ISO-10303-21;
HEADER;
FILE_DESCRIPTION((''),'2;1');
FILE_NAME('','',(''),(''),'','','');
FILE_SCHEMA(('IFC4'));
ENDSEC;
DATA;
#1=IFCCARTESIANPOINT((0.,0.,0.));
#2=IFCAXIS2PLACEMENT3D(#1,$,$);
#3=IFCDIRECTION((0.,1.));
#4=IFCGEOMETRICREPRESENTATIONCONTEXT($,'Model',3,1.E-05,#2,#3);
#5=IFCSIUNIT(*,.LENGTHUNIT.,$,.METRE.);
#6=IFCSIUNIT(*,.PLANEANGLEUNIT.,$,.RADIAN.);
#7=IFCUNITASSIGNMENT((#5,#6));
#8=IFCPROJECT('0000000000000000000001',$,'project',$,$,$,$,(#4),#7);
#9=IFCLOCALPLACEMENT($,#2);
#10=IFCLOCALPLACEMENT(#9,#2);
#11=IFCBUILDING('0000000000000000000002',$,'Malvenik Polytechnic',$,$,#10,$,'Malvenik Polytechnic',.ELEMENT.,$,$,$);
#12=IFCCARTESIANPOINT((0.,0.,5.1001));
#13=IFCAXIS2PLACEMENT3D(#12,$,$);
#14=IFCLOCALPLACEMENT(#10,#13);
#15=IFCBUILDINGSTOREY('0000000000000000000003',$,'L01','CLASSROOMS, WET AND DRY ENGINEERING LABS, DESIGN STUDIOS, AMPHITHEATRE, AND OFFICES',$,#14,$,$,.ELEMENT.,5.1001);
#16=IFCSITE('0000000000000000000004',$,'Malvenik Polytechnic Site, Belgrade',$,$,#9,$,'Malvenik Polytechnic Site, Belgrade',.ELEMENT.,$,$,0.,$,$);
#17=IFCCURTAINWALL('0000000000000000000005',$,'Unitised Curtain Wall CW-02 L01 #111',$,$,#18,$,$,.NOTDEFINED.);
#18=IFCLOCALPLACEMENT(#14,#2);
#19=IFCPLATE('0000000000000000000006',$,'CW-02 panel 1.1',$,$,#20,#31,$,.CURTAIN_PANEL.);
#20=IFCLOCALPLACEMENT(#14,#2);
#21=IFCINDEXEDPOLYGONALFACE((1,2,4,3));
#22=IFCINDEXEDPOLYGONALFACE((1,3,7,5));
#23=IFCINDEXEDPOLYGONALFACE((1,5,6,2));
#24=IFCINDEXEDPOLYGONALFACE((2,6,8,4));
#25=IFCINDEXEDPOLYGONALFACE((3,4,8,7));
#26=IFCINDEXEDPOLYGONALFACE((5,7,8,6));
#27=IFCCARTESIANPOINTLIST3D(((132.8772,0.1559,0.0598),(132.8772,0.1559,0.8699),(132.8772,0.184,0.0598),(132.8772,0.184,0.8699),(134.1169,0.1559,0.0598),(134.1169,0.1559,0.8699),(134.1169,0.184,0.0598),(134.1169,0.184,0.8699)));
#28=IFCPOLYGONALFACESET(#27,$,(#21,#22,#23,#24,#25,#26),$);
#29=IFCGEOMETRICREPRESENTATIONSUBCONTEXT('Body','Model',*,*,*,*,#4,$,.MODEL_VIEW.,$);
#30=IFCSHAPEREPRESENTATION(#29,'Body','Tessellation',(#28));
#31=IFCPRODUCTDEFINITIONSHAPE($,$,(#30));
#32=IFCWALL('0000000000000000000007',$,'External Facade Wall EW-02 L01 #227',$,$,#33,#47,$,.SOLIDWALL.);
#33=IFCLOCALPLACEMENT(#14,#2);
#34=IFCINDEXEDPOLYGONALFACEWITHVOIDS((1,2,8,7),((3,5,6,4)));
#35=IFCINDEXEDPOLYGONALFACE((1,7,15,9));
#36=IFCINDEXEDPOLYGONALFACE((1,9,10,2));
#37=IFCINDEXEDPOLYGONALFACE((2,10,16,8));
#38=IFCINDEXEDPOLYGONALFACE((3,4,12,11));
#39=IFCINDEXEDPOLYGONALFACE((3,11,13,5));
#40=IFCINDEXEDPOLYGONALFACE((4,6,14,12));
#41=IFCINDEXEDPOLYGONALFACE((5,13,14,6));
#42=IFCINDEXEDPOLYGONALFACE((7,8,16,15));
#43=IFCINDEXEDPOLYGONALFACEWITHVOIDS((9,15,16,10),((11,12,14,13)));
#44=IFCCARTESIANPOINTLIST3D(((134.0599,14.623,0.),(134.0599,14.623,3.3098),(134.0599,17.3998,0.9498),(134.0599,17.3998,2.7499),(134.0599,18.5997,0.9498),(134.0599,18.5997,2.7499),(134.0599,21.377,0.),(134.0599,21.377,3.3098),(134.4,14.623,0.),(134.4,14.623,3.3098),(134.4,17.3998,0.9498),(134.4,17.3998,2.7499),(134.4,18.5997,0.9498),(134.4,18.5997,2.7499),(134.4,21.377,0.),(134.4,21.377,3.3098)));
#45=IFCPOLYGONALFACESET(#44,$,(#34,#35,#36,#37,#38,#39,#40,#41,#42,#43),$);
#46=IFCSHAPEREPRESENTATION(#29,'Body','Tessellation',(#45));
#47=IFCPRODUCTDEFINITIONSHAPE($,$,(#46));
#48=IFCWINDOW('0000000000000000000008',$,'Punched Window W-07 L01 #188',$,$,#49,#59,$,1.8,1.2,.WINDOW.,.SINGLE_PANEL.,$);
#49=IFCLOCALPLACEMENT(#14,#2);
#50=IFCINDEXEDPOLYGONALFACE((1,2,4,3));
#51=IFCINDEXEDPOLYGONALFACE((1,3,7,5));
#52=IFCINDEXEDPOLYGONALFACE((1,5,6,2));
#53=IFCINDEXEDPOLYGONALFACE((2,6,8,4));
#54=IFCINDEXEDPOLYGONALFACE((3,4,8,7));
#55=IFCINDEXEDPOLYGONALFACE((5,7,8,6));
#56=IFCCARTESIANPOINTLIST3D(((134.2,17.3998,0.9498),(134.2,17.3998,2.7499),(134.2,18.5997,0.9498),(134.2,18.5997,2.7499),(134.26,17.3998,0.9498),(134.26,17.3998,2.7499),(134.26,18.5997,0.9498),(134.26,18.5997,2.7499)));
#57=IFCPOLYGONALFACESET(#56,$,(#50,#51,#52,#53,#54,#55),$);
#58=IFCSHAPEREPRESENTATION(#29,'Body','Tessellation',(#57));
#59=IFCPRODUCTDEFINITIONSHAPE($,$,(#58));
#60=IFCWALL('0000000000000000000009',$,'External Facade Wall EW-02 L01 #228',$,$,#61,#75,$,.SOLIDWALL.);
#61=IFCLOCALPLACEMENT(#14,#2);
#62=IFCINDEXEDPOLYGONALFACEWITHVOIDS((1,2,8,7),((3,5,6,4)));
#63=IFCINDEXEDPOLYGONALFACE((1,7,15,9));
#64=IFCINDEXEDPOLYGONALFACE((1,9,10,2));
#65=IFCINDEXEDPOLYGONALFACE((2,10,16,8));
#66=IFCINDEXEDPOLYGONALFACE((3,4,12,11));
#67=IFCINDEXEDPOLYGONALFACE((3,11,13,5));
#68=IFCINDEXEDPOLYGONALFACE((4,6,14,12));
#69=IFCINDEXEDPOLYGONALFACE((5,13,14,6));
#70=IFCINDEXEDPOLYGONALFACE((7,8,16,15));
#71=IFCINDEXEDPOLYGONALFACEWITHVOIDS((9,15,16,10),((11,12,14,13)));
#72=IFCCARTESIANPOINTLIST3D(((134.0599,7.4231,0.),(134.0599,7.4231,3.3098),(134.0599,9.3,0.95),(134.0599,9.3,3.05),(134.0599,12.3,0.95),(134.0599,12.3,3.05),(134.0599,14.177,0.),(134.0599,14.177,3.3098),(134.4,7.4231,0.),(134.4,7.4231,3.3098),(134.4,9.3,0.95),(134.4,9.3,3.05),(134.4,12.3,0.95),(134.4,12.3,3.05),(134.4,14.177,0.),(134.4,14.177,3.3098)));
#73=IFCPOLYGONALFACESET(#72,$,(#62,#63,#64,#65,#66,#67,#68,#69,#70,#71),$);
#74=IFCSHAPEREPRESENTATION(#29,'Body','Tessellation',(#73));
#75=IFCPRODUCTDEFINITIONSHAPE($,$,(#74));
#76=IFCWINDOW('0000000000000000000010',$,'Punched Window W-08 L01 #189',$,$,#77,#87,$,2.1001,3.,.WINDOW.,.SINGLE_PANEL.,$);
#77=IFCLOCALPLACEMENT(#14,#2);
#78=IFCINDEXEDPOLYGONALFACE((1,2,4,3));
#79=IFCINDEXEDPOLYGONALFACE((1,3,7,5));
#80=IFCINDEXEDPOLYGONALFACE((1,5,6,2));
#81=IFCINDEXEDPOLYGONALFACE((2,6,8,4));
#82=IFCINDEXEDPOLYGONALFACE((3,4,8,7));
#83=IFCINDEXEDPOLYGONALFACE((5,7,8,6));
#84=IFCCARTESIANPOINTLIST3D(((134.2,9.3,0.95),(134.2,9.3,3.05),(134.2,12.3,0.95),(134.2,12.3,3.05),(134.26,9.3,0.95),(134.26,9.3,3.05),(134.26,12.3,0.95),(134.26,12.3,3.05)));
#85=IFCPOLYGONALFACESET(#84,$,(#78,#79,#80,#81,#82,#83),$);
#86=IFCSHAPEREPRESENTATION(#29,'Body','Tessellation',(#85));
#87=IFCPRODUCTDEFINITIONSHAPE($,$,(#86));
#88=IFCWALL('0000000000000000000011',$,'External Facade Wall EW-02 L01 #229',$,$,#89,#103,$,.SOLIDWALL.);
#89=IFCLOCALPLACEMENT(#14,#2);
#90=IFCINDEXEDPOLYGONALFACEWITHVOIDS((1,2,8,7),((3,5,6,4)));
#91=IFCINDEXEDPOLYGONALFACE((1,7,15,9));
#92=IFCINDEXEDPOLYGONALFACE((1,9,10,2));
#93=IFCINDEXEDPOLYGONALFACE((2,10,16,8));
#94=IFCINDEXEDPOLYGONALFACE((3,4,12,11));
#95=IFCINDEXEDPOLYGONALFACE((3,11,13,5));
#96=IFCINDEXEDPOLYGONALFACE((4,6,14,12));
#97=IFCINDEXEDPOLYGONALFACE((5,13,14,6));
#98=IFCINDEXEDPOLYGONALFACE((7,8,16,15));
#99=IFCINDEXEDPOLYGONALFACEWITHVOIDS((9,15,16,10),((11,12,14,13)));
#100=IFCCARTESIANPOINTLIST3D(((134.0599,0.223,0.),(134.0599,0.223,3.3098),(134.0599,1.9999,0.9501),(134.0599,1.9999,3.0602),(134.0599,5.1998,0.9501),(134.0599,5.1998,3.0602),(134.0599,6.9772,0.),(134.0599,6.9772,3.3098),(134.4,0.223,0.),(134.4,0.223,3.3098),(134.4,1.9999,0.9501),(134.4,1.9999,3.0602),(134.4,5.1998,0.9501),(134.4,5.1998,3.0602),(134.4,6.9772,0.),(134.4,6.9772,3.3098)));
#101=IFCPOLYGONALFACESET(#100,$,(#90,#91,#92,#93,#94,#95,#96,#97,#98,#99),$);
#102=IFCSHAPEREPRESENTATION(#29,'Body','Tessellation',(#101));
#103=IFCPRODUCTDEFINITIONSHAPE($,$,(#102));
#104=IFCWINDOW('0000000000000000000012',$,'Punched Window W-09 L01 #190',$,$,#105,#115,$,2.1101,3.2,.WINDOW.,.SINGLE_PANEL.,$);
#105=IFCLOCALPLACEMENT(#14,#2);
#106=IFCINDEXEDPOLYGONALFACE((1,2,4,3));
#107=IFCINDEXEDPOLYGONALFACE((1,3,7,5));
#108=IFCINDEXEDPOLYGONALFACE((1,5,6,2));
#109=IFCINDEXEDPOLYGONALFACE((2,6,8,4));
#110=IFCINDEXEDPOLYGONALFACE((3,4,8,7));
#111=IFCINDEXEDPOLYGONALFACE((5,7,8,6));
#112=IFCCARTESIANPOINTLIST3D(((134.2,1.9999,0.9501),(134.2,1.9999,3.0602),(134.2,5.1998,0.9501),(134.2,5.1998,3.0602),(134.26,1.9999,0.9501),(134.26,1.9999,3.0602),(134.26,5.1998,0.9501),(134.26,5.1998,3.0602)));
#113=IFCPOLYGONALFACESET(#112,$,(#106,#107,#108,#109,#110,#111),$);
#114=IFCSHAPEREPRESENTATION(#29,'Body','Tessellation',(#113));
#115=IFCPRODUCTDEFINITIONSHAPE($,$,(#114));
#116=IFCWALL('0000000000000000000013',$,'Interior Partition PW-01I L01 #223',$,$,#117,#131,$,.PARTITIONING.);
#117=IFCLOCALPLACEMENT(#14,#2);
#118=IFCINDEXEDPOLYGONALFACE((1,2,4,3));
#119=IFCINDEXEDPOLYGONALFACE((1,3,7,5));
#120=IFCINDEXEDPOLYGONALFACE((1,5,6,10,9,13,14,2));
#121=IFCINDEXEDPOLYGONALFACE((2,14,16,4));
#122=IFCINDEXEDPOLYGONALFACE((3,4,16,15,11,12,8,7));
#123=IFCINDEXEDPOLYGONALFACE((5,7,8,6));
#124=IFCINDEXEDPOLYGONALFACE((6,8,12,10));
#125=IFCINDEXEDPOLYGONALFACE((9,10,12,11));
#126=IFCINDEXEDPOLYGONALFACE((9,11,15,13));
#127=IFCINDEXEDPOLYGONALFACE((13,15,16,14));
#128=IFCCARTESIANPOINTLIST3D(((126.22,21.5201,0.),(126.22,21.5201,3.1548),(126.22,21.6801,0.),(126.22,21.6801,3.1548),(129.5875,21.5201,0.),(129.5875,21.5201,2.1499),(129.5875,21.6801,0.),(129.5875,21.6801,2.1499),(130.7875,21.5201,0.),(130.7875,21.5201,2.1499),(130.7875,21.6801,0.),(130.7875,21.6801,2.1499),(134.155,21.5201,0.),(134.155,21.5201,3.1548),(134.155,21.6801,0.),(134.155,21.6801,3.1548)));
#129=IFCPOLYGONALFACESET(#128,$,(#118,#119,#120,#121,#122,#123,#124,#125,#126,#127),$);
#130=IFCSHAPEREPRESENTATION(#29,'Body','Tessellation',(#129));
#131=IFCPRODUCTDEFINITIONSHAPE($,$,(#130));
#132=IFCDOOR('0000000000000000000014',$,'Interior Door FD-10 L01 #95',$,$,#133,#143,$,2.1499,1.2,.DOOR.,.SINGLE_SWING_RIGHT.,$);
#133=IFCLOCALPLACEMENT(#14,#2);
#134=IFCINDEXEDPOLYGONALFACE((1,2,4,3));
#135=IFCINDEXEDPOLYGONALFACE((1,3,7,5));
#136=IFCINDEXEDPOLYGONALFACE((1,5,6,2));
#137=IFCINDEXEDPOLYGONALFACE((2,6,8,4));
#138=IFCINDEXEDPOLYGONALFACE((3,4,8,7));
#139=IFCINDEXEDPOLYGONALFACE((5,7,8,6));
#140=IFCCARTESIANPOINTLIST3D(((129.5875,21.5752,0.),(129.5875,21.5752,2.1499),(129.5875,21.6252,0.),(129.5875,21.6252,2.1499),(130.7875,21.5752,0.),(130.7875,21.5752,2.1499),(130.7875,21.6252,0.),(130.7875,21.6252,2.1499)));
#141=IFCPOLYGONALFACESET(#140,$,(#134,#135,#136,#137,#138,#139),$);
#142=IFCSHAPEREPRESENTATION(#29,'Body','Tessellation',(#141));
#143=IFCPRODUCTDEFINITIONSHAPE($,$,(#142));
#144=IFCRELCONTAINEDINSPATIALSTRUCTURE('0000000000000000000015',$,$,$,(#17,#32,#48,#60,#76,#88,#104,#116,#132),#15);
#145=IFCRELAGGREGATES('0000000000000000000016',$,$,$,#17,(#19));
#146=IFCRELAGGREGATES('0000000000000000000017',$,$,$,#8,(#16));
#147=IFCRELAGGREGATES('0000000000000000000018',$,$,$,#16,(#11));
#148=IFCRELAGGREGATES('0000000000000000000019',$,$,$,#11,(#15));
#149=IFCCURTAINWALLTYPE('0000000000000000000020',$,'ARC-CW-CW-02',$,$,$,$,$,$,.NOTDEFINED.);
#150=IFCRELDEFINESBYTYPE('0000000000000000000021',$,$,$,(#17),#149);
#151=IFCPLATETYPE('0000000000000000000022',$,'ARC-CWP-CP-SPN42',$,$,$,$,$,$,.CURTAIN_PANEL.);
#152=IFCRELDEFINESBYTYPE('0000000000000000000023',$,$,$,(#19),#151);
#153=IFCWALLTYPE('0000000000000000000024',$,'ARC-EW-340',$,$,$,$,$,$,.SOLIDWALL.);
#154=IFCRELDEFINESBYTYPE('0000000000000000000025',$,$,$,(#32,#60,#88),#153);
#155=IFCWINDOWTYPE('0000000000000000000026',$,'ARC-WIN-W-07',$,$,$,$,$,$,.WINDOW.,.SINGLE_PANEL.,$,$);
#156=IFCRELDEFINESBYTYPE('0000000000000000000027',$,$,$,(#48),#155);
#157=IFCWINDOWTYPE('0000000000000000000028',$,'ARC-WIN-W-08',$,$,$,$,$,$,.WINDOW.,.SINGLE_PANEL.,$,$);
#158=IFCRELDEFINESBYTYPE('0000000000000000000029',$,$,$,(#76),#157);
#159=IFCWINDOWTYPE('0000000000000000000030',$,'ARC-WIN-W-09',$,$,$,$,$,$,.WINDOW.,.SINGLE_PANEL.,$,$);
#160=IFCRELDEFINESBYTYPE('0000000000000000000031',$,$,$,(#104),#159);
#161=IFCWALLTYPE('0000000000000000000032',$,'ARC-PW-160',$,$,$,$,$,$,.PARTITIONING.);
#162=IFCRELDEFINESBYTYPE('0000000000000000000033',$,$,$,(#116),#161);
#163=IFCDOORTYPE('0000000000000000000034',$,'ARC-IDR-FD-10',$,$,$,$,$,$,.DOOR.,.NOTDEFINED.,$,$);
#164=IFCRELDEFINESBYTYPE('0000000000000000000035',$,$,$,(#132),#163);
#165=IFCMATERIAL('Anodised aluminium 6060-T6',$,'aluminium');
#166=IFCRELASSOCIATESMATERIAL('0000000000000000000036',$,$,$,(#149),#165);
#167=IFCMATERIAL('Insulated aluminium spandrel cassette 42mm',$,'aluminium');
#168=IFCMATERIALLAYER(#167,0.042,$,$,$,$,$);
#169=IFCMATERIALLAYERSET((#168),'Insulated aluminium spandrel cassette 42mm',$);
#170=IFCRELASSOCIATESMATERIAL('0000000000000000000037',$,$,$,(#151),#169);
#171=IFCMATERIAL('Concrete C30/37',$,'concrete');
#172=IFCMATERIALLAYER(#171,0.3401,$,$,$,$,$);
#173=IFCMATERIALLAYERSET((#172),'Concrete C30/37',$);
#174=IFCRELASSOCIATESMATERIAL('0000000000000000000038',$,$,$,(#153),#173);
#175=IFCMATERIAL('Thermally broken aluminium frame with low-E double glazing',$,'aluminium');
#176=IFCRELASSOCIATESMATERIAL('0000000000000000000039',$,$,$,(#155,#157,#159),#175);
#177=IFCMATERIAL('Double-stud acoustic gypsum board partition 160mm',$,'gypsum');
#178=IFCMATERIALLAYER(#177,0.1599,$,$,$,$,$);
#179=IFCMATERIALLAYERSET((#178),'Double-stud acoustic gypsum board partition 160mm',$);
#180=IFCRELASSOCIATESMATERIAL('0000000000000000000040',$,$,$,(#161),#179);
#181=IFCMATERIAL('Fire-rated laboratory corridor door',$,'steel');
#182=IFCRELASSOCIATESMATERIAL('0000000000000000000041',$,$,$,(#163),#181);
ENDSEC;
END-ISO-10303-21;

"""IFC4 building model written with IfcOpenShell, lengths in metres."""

from ifc_helpers import new_model, si_unit, direction, frame, frame_2d, origin, origin_2d, place, context, subcontext, project, spatial, rectangle, extrude, material, layer, layer_set, type_object, element, fill, aggregate, save


model = new_model("IFC4")

# Units and contexts
model_context = context("Model", 3, precision=1e-05, world=origin(), true_north=direction((0.0, 1.0)))
body_context = subcontext(model_context, "Body", "Model", "MODEL_VIEW")
ifc_project = project(units=[si_unit("LENGTHUNIT", "METRE"), si_unit("PLANEANGLEUNIT", "RADIAN")], contexts=[model_context])

# Site, building, storey
site_placement = place(None, origin())
site = spatial("IfcSite", under=ifc_project, at=site_placement, Name="Malvenik Polytechnic Site, Belgrade", LongName="Malvenik Polytechnic Site, Belgrade", CompositionType="ELEMENT", RefElevation=0.0)
building_placement = place(site_placement, origin())
building = spatial("IfcBuilding", under=site, at=building_placement, Name="Malvenik Polytechnic", LongName="Malvenik Polytechnic", CompositionType="ELEMENT")
storey_placement = place(building_placement, frame((0.0, 0.0, 5.1001)))
storey = spatial("IfcBuildingStorey", under=building, at=storey_placement, Name="L01", Description="CLASSROOMS, WET AND DRY ENGINEERING LABS, DESIGN STUDIOS, AMPHITHEATRE, AND OFFICES", CompositionType="ELEMENT", Elevation=5.1001)

# Curtain wall
ifc_material_1 = material(Name="Anodised aluminium 6060-T6", Category="aluminium")
curtain_wall_type = type_object("IfcCurtainWallType", Name="ARC-CW-CW-02", PredefinedType="NOTDEFINED", material=ifc_material_1)
curtain_wall_placement = place(storey_placement, origin())
curtain_wall = element("IfcCurtainWall", 1, at=curtain_wall_placement, inside=storey, type_object=curtain_wall_type, Name="Unitised Curtain Wall CW-02 L01 #111", PredefinedType="NOTDEFINED")

# Shared definitions
ifc_material_2 = material(Name="Concrete C30/37", Category="concrete")

# Plate
ifc_material_3 = material(Name="Insulated aluminium spandrel cassette 42mm", Category="aluminium")
ifc_layer_1 = layer(ifc_material_3, 0.042)
ifc_layer_set_1 = layer_set([ifc_layer_1], Name="Insulated aluminium spandrel cassette 42mm")
plate_type_1 = type_object("IfcPlateType", Name="ARC-CWP-CP-SPN42", PredefinedType="CURTAIN_PANEL", material=ifc_layer_set_1)
plate_1_placement = place(storey_placement, frame((133.4971, 0.1699, 0.0598), z_axis=(0.0, 0.0, 1.0), x_axis=(-1.0, 0.0, 0.0)))
plate_1 = element("IfcPlate", 2, at=plate_1_placement, type_object=plate_type_1, Name="CW-02 panel 1.1", PredefinedType="CURTAIN_PANEL", context=body_context, shape_type="SweptSolid", body=[
    extrude(rectangle(XDim=1.2397, YDim=0.0281, at=origin_2d()), origin(), (0.0, 0.0, 1.0), 0.8101),
])
aggregate(curtain_wall, [plate_1])

# Walls, openings, windows
ifc_layer_2 = layer(ifc_material_2, 0.3401)
ifc_layer_set_2 = layer_set([ifc_layer_2], Name="Concrete C30/37")
wall_type_1 = type_object("IfcWallType", Name="ARC-EW-340", PredefinedType="SOLIDWALL", material=ifc_layer_set_2)
wall_1_placement = place(storey_placement, frame((134.23, 21.377, 0.0), z_axis=(0.0, 0.0, 1.0), x_axis=(0.0, -1.0, 0.0)))
wall_1 = element("IfcWall", 3, at=wall_1_placement, inside=storey, type_object=wall_type_1, Name="External Facade Wall EW-02 L01 #227", PredefinedType="SOLIDWALL", context=body_context, shape_type="SweptSolid", body=[
    extrude(rectangle(XDim=6.7539, YDim=0.3401, at=frame_2d((3.377, 0.0))), origin(), (0.0, 0.0, 1.0), 3.3098),
])
opening_1_placement = place(wall_1_placement, frame((2.7771, 0.0, 0.95)))
opening_1 = element("IfcOpeningElement", 4, at=opening_1_placement, cuts=wall_1, PredefinedType="OPENING", context=body_context, shape_type="SweptSolid", body=[
    extrude(rectangle(XDim=1.2, YDim=1.8, at=frame_2d((0.6001, 0.8999))), frame((0.0, 0.1802, 0.0), z_axis=(0.0, -1.0, 0.0), x_axis=(1.0, 0.0, 0.0)), (0.0, 0.0, 1.0), 0.3601),
])
ifc_material_4 = material(Name="Thermally broken aluminium frame with low-E double glazing", Category="aluminium")
window_type_1 = type_object("IfcWindowType", Name="ARC-WIN-W-07", PartitioningType="SINGLE_PANEL", PredefinedType="WINDOW", material=ifc_material_4)
window_1_placement = place(opening_1_placement, origin())
window_1 = element("IfcWindow", 5, at=window_1_placement, inside=storey, type_object=window_type_1, Name="Punched Window W-07 L01 #188", OverallHeight=1.8, OverallWidth=1.2, PartitioningType="SINGLE_PANEL", PredefinedType="WINDOW", context=body_context, shape_type="SweptSolid", body=[
    extrude(rectangle(XDim=1.2, YDim=1.8, at=frame_2d((0.6001, 0.8999))), frame((0.0, 0.03, 0.0), z_axis=(0.0, -1.0, 0.0), x_axis=(1.0, 0.0, 0.0)), (0.0, 0.0, 1.0), 0.0601),
])
fill(opening_1, window_1)
wall_2_placement = place(storey_placement, frame((134.23, 14.177, 0.0), z_axis=(0.0, 0.0, 1.0), x_axis=(0.0, -1.0, 0.0)))
wall_2 = element("IfcWall", 6, at=wall_2_placement, inside=storey, type_object=wall_type_1, Name="External Facade Wall EW-02 L01 #228", PredefinedType="SOLIDWALL", context=body_context, shape_type="SweptSolid", body=[
    extrude(rectangle(XDim=6.7539, YDim=0.3401, at=frame_2d((3.377, 0.0))), origin(), (0.0, 0.0, 1.0), 3.3098),
])
opening_2_placement = place(wall_2_placement, frame((1.877, 0.0, 0.95)))
opening_2 = element("IfcOpeningElement", 7, at=opening_2_placement, cuts=wall_2, PredefinedType="OPENING", context=body_context, shape_type="SweptSolid", body=[
    extrude(rectangle(XDim=3.0, YDim=2.1001, at=frame_2d((1.5, 1.05))), frame((0.0, 0.1802, 0.0), z_axis=(0.0, -1.0, 0.0), x_axis=(1.0, 0.0, 0.0)), (0.0, 0.0, 1.0), 0.3601),
])
window_type_2 = type_object("IfcWindowType", Name="ARC-WIN-W-08", PartitioningType="SINGLE_PANEL", PredefinedType="WINDOW", material=ifc_material_4)
window_2_placement = place(opening_2_placement, origin())
window_2 = element("IfcWindow", 8, at=window_2_placement, inside=storey, type_object=window_type_2, Name="Punched Window W-08 L01 #189", OverallHeight=2.1001, OverallWidth=3.0, PartitioningType="SINGLE_PANEL", PredefinedType="WINDOW", context=body_context, shape_type="SweptSolid", body=[
    extrude(rectangle(XDim=3.0, YDim=2.1001, at=frame_2d((1.5, 1.05))), frame((0.0, 0.03, 0.0), z_axis=(0.0, -1.0, 0.0), x_axis=(1.0, 0.0, 0.0)), (0.0, 0.0, 1.0), 0.0601),
])
fill(opening_2, window_2)
wall_3_placement = place(storey_placement, frame((134.23, 6.9771, 0.0), z_axis=(0.0, 0.0, 1.0), x_axis=(0.0, -1.0, 0.0)))
wall_3 = element("IfcWall", 9, at=wall_3_placement, inside=storey, type_object=wall_type_1, Name="External Facade Wall EW-02 L01 #229", PredefinedType="SOLIDWALL", context=body_context, shape_type="SweptSolid", body=[
    extrude(rectangle(XDim=6.7542, YDim=0.3401, at=frame_2d((3.377, 0.0))), origin(), (0.0, 0.0, 1.0), 3.3098),
])
opening_3_placement = place(wall_3_placement, frame((1.7771, 0.0, 0.95)))
opening_3 = element("IfcOpeningElement", 10, at=opening_3_placement, cuts=wall_3, PredefinedType="OPENING", context=body_context, shape_type="SweptSolid", body=[
    extrude(rectangle(XDim=3.2, YDim=2.1101, at=frame_2d((1.6001, 1.0552))), frame((0.0, 0.1802, 0.0), z_axis=(0.0, -1.0, 0.0), x_axis=(1.0, 0.0, 0.0)), (0.0, 0.0, 1.0), 0.3601),
])
window_type_3 = type_object("IfcWindowType", Name="ARC-WIN-W-09", PartitioningType="SINGLE_PANEL", PredefinedType="WINDOW", material=ifc_material_4)
window_3_placement = place(opening_3_placement, origin())
window_3 = element("IfcWindow", 11, at=window_3_placement, inside=storey, type_object=window_type_3, Name="Punched Window W-09 L01 #190", OverallHeight=2.1101, OverallWidth=3.2, PartitioningType="SINGLE_PANEL", PredefinedType="WINDOW", context=body_context, shape_type="SweptSolid", body=[
    extrude(rectangle(XDim=3.2, YDim=2.1101, at=frame_2d((1.6001, 1.0552))), frame((0.0, 0.03, 0.0), z_axis=(0.0, -1.0, 0.0), x_axis=(1.0, 0.0, 0.0)), (0.0, 0.0, 1.0), 0.0601),
])
fill(opening_3, window_3)

# Wall, opening, door
ifc_material_5 = material(Name="Double-stud acoustic gypsum board partition 160mm", Category="gypsum")
ifc_layer_3 = layer(ifc_material_5, 0.1599)
ifc_layer_set_3 = layer_set([ifc_layer_3], Name="Double-stud acoustic gypsum board partition 160mm")
wall_type_2 = type_object("IfcWallType", Name="ARC-PW-160", PredefinedType="PARTITIONING", material=ifc_layer_set_3)
wall_4_placement = place(storey_placement, frame((134.155, 21.6001, 0.0), z_axis=(0.0, 0.0, 1.0), x_axis=(-1.0, 0.0, 0.0)))
wall_4 = element("IfcWall", 12, at=wall_4_placement, inside=storey, type_object=wall_type_2, Name="Interior Partition PW-01I L01 #223", PredefinedType="PARTITIONING", context=body_context, shape_type="SweptSolid", body=[
    extrude(rectangle(XDim=7.9351, YDim=0.1599, at=frame_2d((3.9675, 0.0))), origin(), (0.0, 0.0, 1.0), 3.1548),
])
opening_4_placement = place(wall_4_placement, frame((3.3674, 0.0, 0.0)))
opening_4 = element("IfcOpeningElement", 13, at=opening_4_placement, cuts=wall_4, PredefinedType="OPENING", context=body_context, shape_type="SweptSolid", body=[
    extrude(rectangle(XDim=1.2, YDim=2.1499, at=frame_2d((0.6001, 1.075))), frame((0.0, 0.0898, 0.0), z_axis=(0.0, -1.0, 0.0), x_axis=(1.0, 0.0, 0.0)), (0.0, 0.0, 1.0), 0.1799),
])
ifc_material_6 = material(Name="Fire-rated laboratory corridor door", Category="steel")
door_type = type_object("IfcDoorType", Name="ARC-IDR-FD-10", OperationType="NOTDEFINED", PredefinedType="DOOR", material=ifc_material_6)
door_placement = place(opening_4_placement, origin())
door = element("IfcDoor", 14, at=door_placement, inside=storey, type_object=door_type, Name="Interior Door FD-10 L01 #95", OperationType="SINGLE_SWING_RIGHT", OverallHeight=2.1499, OverallWidth=1.2, PredefinedType="DOOR", context=body_context, shape_type="SweptSolid", body=[
    extrude(rectangle(XDim=1.2, YDim=2.1499, at=frame_2d((0.6001, 1.075))), frame((0.0, 0.0249, 0.0), z_axis=(0.0, -1.0, 0.0), x_axis=(1.0, 0.0, 0.0)), (0.0, 0.0, 1.0), 0.05),
])
fill(opening_4, door)

save(model, "model.ifc")
